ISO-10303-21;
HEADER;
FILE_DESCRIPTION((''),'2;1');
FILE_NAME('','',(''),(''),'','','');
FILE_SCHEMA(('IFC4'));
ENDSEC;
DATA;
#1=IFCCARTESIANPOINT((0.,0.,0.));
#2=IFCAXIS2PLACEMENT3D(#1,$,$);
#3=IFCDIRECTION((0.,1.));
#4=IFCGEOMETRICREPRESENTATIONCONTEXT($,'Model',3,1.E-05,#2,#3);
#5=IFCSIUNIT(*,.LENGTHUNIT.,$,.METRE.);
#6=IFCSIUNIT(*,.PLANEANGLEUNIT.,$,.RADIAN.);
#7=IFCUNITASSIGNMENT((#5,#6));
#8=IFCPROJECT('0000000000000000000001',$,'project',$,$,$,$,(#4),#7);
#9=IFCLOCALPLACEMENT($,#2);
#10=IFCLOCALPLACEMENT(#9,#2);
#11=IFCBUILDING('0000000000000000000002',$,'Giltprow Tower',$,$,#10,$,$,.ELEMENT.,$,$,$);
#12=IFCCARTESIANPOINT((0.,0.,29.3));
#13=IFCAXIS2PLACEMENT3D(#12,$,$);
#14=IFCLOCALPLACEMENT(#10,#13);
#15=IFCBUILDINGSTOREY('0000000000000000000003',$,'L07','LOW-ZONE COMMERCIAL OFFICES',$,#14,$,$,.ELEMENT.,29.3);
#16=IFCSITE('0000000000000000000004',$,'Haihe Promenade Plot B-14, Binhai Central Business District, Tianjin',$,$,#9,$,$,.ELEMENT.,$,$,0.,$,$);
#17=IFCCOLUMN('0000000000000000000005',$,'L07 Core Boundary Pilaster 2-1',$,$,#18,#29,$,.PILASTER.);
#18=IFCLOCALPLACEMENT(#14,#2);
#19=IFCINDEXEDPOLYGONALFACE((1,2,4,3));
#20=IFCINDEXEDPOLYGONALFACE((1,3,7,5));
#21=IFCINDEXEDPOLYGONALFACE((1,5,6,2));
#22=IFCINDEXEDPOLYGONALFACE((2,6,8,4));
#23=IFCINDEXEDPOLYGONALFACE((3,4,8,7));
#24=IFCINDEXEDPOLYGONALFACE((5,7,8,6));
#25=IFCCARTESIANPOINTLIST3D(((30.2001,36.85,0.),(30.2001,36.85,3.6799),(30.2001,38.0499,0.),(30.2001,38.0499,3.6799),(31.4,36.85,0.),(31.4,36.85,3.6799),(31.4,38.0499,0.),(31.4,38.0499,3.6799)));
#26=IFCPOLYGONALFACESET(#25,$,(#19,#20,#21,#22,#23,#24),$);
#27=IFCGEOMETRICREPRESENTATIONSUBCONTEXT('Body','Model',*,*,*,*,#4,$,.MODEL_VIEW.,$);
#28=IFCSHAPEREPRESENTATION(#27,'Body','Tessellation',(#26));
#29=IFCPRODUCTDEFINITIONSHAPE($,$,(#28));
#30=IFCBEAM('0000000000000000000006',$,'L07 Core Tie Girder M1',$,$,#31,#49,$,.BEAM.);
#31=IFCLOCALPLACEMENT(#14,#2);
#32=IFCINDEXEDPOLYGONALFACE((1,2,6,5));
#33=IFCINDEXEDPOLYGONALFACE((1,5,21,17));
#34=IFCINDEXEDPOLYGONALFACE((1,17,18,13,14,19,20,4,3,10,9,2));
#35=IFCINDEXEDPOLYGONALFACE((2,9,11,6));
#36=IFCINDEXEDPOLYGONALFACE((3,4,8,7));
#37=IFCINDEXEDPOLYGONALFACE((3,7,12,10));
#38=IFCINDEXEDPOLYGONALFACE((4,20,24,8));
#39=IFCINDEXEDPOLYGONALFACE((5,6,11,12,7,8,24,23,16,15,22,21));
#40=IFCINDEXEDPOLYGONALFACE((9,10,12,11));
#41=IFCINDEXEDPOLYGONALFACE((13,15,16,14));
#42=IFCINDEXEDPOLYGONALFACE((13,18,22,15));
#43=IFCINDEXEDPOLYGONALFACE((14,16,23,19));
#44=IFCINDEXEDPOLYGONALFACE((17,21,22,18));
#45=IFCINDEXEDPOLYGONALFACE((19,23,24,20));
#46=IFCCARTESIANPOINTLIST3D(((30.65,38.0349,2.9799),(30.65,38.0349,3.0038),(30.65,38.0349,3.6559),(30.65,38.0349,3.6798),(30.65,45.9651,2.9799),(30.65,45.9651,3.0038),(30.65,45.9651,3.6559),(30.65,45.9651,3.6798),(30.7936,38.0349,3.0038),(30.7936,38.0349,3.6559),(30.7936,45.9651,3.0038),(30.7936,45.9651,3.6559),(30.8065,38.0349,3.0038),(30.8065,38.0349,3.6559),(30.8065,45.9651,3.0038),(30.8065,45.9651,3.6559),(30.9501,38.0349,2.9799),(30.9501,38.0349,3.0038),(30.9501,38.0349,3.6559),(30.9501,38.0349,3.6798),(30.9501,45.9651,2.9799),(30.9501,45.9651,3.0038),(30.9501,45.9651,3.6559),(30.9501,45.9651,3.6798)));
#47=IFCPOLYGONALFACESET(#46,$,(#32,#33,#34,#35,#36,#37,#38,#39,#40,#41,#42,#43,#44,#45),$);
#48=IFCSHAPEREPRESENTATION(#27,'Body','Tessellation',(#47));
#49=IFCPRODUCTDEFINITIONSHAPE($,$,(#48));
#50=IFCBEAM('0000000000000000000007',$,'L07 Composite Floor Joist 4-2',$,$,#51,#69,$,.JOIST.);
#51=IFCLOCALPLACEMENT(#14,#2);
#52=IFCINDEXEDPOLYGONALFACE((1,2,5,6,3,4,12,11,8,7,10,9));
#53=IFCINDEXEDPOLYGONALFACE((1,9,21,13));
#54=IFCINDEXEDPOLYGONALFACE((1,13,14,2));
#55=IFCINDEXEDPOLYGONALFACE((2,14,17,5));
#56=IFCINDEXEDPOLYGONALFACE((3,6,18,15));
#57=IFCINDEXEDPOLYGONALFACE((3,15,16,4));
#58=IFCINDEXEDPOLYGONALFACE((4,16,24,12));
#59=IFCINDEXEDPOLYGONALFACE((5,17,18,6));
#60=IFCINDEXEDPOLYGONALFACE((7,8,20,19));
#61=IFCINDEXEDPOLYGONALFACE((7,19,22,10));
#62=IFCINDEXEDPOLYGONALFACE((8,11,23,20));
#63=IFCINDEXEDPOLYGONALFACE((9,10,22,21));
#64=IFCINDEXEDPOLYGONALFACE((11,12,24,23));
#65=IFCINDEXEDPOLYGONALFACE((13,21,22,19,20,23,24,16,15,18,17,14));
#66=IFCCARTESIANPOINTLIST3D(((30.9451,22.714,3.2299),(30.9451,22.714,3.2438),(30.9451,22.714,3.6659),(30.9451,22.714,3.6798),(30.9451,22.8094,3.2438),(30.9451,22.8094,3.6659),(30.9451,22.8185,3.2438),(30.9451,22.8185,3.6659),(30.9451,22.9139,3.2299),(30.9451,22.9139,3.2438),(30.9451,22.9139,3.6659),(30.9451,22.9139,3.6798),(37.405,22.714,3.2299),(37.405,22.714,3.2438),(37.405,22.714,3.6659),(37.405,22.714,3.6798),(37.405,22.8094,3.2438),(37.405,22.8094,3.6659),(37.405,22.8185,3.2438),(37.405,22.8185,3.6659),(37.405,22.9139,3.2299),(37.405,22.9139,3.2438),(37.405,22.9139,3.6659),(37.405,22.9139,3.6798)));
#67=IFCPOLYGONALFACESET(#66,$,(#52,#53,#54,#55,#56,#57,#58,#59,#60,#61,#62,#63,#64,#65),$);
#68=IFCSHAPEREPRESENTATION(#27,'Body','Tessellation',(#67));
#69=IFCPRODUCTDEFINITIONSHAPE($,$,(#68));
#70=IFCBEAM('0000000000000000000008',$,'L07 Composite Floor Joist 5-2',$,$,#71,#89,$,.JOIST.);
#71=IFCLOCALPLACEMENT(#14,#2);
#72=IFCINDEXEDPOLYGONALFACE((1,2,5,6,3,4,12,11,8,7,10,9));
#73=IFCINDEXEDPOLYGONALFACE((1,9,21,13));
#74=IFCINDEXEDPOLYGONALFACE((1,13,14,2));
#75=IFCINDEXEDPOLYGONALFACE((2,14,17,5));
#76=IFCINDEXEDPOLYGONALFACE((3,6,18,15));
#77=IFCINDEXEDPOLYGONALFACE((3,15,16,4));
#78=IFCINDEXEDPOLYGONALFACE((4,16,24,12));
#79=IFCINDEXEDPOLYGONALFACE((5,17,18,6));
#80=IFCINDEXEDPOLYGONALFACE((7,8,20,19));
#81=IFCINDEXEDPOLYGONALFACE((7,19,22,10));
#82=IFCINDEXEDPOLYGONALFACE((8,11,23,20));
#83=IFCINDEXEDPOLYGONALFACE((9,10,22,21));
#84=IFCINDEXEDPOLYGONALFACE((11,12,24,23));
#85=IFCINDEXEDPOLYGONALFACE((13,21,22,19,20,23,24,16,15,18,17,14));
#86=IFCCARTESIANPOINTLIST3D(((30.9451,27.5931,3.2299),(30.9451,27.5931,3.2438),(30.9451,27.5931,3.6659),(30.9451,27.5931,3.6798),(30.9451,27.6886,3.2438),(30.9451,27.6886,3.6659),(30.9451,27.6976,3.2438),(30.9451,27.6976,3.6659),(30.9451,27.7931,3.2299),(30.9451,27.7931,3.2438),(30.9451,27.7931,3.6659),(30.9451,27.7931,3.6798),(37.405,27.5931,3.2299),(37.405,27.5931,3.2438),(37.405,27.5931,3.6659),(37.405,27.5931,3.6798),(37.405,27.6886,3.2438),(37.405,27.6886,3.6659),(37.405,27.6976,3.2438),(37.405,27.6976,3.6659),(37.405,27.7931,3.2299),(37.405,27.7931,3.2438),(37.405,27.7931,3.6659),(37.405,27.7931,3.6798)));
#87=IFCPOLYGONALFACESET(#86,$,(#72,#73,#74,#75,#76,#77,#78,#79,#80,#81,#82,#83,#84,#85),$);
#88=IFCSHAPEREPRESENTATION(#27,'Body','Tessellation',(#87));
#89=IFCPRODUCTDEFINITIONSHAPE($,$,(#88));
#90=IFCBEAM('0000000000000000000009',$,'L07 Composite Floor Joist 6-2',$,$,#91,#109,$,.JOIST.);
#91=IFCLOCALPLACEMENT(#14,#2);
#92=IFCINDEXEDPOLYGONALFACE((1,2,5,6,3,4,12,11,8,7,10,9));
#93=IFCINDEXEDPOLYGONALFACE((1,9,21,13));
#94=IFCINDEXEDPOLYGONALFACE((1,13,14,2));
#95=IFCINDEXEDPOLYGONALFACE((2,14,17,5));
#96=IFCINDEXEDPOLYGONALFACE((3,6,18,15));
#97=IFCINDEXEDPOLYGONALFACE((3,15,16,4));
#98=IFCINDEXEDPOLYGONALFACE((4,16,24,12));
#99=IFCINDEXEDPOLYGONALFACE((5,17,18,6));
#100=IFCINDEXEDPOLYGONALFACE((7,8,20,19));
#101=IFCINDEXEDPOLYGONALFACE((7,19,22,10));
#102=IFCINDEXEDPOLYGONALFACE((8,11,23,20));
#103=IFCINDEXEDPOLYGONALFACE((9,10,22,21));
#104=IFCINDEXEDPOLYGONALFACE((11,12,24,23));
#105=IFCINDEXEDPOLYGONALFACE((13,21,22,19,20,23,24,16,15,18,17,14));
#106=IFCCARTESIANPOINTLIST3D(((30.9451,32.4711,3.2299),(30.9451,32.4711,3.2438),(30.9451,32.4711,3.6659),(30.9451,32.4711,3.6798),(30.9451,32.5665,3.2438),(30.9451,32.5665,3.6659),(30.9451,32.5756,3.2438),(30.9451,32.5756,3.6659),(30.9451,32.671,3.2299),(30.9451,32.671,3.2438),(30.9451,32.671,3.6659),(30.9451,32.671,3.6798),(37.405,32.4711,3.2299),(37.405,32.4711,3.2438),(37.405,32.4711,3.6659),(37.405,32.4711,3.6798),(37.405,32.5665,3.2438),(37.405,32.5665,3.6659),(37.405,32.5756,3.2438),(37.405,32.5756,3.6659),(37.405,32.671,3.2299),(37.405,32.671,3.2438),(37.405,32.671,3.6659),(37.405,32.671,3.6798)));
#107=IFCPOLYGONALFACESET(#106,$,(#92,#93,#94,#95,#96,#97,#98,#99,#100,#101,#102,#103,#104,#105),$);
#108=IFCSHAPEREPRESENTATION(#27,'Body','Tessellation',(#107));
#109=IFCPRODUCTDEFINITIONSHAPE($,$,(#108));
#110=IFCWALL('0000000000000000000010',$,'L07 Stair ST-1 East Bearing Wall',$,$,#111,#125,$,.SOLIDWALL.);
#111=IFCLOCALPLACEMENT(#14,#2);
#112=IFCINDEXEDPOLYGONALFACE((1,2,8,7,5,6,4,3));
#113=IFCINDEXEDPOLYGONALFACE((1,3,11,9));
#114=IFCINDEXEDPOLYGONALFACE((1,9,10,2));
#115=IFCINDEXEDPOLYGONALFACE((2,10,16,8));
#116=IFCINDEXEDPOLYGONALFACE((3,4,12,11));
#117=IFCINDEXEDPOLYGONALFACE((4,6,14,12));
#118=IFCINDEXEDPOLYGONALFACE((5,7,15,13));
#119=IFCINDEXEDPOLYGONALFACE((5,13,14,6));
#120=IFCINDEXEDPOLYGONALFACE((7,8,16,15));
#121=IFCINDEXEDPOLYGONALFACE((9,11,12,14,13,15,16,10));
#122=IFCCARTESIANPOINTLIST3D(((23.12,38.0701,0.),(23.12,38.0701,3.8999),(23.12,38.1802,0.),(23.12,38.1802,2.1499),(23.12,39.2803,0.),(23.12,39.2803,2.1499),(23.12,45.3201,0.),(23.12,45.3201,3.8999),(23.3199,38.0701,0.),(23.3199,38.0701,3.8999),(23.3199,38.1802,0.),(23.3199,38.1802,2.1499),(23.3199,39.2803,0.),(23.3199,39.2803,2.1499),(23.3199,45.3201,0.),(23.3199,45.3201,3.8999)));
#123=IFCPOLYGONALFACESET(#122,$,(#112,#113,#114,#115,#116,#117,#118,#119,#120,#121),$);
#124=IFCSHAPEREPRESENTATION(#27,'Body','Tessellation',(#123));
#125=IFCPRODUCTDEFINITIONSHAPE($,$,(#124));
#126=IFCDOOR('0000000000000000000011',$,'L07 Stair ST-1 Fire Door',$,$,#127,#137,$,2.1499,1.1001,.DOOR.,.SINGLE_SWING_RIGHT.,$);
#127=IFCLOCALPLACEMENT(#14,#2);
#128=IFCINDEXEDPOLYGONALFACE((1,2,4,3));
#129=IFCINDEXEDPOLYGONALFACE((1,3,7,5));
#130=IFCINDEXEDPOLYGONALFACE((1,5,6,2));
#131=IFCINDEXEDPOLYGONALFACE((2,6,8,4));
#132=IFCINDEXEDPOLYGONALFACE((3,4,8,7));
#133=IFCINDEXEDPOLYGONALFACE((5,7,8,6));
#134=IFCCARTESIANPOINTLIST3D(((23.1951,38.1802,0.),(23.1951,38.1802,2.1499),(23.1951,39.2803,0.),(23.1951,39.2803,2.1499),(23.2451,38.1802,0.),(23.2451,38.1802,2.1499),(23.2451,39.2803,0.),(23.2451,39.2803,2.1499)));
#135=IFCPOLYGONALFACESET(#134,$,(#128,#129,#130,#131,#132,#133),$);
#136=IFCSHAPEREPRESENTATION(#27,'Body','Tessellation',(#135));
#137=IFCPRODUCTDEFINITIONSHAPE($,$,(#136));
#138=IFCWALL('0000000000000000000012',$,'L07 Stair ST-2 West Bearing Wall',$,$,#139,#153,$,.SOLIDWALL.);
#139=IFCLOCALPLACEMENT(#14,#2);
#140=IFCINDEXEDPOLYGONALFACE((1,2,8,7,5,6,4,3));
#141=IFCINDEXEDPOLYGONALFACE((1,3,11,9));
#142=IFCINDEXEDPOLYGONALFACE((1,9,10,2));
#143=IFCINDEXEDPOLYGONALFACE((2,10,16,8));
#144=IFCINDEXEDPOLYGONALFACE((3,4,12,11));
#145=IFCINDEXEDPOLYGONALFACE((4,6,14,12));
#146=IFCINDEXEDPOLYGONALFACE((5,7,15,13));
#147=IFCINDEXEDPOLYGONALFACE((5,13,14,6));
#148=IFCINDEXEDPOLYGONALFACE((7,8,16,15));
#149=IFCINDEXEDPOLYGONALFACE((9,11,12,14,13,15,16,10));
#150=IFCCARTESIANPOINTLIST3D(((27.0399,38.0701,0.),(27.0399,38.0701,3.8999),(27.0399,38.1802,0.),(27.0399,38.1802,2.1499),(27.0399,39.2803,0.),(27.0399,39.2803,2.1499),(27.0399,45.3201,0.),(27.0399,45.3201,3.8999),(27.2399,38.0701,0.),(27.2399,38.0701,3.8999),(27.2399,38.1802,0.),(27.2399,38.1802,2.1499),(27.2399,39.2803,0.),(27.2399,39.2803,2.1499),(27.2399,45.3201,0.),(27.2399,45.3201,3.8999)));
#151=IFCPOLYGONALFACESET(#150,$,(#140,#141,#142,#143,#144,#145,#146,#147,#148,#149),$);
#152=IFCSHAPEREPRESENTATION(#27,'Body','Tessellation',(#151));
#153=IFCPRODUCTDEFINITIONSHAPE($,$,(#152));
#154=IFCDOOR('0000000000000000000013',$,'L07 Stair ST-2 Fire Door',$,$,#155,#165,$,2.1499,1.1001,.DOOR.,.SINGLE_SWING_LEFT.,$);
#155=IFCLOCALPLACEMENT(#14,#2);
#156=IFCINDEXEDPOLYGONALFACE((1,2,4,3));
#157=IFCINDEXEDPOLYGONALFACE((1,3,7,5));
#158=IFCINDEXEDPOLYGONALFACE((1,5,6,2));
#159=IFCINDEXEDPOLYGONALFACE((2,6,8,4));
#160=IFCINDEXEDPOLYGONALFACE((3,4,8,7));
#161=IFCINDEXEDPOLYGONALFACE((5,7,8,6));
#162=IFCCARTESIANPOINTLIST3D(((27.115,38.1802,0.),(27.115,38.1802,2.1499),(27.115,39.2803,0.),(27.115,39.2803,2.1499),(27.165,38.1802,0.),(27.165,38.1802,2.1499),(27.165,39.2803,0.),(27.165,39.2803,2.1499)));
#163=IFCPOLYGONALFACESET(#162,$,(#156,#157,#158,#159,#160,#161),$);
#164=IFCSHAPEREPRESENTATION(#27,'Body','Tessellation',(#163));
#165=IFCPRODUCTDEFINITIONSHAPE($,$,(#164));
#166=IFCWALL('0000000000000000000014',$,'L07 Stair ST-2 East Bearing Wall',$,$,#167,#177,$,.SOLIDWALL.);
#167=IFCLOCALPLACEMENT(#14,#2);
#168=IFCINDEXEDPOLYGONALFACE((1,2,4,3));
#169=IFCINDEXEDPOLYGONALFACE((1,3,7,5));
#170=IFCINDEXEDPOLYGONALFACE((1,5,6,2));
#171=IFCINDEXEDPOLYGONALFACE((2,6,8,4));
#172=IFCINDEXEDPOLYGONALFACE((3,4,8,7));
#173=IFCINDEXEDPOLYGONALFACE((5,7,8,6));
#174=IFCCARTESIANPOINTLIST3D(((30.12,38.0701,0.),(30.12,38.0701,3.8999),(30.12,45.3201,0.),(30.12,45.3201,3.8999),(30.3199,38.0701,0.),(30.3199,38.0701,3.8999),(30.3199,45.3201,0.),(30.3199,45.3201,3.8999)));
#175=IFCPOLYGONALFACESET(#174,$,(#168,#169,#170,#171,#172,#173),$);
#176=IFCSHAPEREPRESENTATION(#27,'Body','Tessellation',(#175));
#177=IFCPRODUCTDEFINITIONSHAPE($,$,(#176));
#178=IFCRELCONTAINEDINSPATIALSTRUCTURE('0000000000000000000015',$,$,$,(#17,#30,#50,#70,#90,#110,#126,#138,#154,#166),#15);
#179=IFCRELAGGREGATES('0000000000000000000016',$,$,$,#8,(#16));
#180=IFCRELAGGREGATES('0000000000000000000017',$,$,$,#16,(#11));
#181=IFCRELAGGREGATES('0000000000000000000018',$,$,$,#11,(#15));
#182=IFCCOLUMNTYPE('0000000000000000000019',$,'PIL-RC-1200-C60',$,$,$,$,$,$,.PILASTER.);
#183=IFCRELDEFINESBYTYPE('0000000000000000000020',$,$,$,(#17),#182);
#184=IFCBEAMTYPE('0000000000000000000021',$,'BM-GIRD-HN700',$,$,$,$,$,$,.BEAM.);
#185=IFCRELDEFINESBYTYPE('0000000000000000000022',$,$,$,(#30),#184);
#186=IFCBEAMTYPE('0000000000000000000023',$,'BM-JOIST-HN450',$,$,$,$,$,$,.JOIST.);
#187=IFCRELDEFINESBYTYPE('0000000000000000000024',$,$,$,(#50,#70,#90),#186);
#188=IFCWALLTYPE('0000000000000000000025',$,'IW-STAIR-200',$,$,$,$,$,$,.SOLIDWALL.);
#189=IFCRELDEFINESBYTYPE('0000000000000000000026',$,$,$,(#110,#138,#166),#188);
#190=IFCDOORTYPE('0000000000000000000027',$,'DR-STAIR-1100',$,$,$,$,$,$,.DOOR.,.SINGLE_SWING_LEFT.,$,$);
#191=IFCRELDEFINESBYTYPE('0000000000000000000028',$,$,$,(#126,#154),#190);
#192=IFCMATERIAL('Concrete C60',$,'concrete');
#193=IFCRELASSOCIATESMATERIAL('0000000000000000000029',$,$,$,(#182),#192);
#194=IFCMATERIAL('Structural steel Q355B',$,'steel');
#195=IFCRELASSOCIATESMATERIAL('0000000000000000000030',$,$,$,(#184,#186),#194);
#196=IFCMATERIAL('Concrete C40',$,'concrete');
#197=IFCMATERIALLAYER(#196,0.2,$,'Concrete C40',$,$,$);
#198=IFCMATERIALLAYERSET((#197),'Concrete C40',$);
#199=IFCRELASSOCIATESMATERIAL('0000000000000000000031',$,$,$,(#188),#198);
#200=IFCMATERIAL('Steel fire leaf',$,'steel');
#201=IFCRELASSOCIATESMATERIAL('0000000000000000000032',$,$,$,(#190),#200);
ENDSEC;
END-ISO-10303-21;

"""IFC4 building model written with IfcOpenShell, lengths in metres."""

from ifc_helpers import new_model, si_unit, direction, frame, frame_2d, origin, origin_2d, place, context, subcontext, project, spatial, rectangle, i_section, extrude, source, transform, mapped, material, layer, layer_set, material_profile, profile_set, type_object, element, fill, save


model = new_model("IFC4")

# Units and contexts
model_context = context("Model", 3, precision=1e-05, world=origin(), true_north=direction((0.0, 1.0)))
body_context = subcontext(model_context, "Body", "Model", "MODEL_VIEW")
ifc_project = project(units=[si_unit("LENGTHUNIT", "METRE"), si_unit("PLANEANGLEUNIT", "RADIAN")], contexts=[model_context])

# Site, building, storey
site_placement = place(None, origin())
site = spatial("IfcSite", under=ifc_project, at=site_placement, Name="Haihe Promenade Plot B-14, Binhai Central Business District, Tianjin", CompositionType="ELEMENT", RefElevation=0.0)
building_placement = place(site_placement, origin())
building = spatial("IfcBuilding", under=site, at=building_placement, Name="Giltprow Tower", CompositionType="ELEMENT")
storey_placement = place(building_placement, frame((0.0, 0.0, 29.3)))
storey = spatial("IfcBuildingStorey", under=building, at=storey_placement, Name="L07", Description="LOW-ZONE COMMERCIAL OFFICES", CompositionType="ELEMENT", Elevation=29.3)

# Column
ifc_material_1 = material(Name="Concrete C60", Category="concrete")
ifc_material_profile_1 = material_profile(ifc_material_1, rectangle(XDim=1.2, YDim=1.2, at=origin_2d()), Name="RC 1200x1200")
ifc_profile_set_1 = profile_set([ifc_material_profile_1], Name="Concrete C60")
column_type = type_object("IfcColumnType", Name="PIL-RC-1200-C60", PredefinedType="PILASTER", material=ifc_profile_set_1)
shared_shape_1 = source(origin(), body_context, "Body", "SweptSolid", [
    extrude(rectangle(XDim=1.2, YDim=1.2, at=origin_2d()), origin(), (0.0, 0.0, 1.0), 3.6799),
])
column_placement = place(storey_placement, frame((30.8, 37.45, 0.0), z_axis=(0.0, 0.0, 1.0), x_axis=(1.0, 0.0, 0.0)))
element("IfcColumn", 1, at=column_placement, inside=storey, type_object=column_type, Name="L07 Core Boundary Pilaster 2-1", PredefinedType="PILASTER", context=body_context, shape_type="MappedRepresentation", body=[
    mapped(shared_shape_1, transform((0.0, 0.0, 0.0), x_axis=(1.0, 0.0, 0.0), y_axis=(0.0, 1.0, 0.0), z_axis=(0.0, 0.0, 1.0), scale=1.0)),
])

# Beams
ifc_material_2 = material(Name="Structural steel Q355B", Category="steel")
ifc_material_profile_2 = material_profile(ifc_material_2, i_section(OverallWidth=0.3, OverallDepth=0.7, WebThickness=0.0129, FlangeThickness=0.0239, at=origin_2d()), Name="HN 700x300x13x24")
ifc_profile_set_2 = profile_set([ifc_material_profile_2], Name="Structural steel Q355B")
beam_type_1 = type_object("IfcBeamType", Name="BM-GIRD-HN700", PredefinedType="BEAM", material=ifc_profile_set_2)
shared_shape_2 = source(origin(), body_context, "Body", "SweptSolid", [
    extrude(i_section(OverallWidth=0.3, OverallDepth=0.7, WebThickness=0.0129, FlangeThickness=0.0239, at=origin_2d()), origin(), (0.0, 0.0, 1.0), 7.9302),
])
beam_placement = place(storey_placement, frame((30.8, 38.0349, 3.3298), z_axis=(0.0, 1.0, 0.0), x_axis=(-1.0, 0.0, 0.0)))
element("IfcBeam", 2, at=beam_placement, inside=storey, type_object=beam_type_1, Name="L07 Core Tie Girder M1", PredefinedType="BEAM", context=body_context, shape_type="MappedRepresentation", body=[
    mapped(shared_shape_2, transform((0.0, 0.0, 0.0), x_axis=(1.0, 0.0, 0.0), y_axis=(0.0, 1.0, 0.0), z_axis=(0.0, 0.0, 1.0), scale=1.0)),
])
ifc_material_profile_3 = material_profile(ifc_material_2, i_section(OverallWidth=0.2, OverallDepth=0.45, WebThickness=0.009, FlangeThickness=0.0139, at=origin_2d()), Name="HN 450x200x9x14")
ifc_profile_set_3 = profile_set([ifc_material_profile_3], Name="Structural steel Q355B")
beam_type_2 = type_object("IfcBeamType", Name="BM-JOIST-HN450", PredefinedType="JOIST", material=ifc_profile_set_3)
shared_shape_3 = source(origin(), body_context, "Body", "SweptSolid", [
    extrude(i_section(OverallWidth=0.2, OverallDepth=0.45, WebThickness=0.009, FlangeThickness=0.0139, at=origin_2d()), origin(), (0.0, 0.0, 1.0), 6.46),
])
for number, where, z_axis, x_axis, name in (
    (3, (30.9451, 22.814, 3.4548), (1.0, 0.0, 0.0), (0.0, 1.0, 0.0), "L07 Composite Floor Joist 4-2"),
    (4, (30.9451, 27.6931, 3.4548), (1.0, 0.0, 0.0), (0.0, 1.0, 0.0), "L07 Composite Floor Joist 5-2"),
    (5, (30.9451, 32.571, 3.4548), (1.0, 0.0, 0.0), (0.0, 1.0, 0.0), "L07 Composite Floor Joist 6-2"),
):
    element("IfcBeam", number, at=place(storey_placement, frame(where, z_axis=z_axis, x_axis=x_axis)), inside=storey, type_object=beam_type_2, Name=name, PredefinedType="JOIST", context=body_context, shape_type="MappedRepresentation", body=[
        mapped(shared_shape_3, transform((0.0, 0.0, 0.0), x_axis=(1.0, 0.0, 0.0), y_axis=(0.0, 1.0, 0.0), z_axis=(0.0, 0.0, 1.0), scale=1.0)),
    ])

# Walls, openings, doors
ifc_material_3 = material(Name="Concrete C40", Category="concrete")
ifc_layer = layer(ifc_material_3, 0.2, Name="Concrete C40")
ifc_layer_set = layer_set([ifc_layer], Name="Concrete C40")
wall_type = type_object("IfcWallType", Name="IW-STAIR-200", PredefinedType="SOLIDWALL", material=ifc_layer_set)
wall_1_placement = place(storey_placement, frame((23.22, 38.0701, 0.0), z_axis=(0.0, 0.0, 1.0), x_axis=(0.0, 1.0, 0.0)))
wall_1 = element("IfcWall", 6, at=wall_1_placement, inside=storey, type_object=wall_type, Name="L07 Stair ST-1 East Bearing Wall", PredefinedType="SOLIDWALL", context=body_context, shape_type="SweptSolid", body=[
    extrude(rectangle(XDim=7.25, YDim=0.2, at=frame_2d((3.625, 0.0))), origin(), (0.0, 0.0, 1.0), 3.8999),
])
opening_1_placement = place(wall_1_placement, frame((0.1101, 0.0, 0.0)))
opening_1 = element("IfcOpeningElement", 7, at=opening_1_placement, cuts=wall_1, PredefinedType="OPENING", context=body_context, shape_type="SweptSolid", body=[
    extrude(rectangle(XDim=1.1001, YDim=2.1499, at=frame_2d((0.55, 1.075))), frame((0.0, 0.1099, 0.0), z_axis=(0.0, -1.0, 0.0), x_axis=(1.0, 0.0, 0.0)), (0.0, 0.0, 1.0), 0.22),
])
ifc_material_4 = material(Name="Steel fire leaf", Category="steel")
door_type = type_object("IfcDoorType", Name="DR-STAIR-1100", OperationType="SINGLE_SWING_LEFT", PredefinedType="DOOR", material=ifc_material_4)
shared_shape_4 = source(origin(), body_context, "Body", "SweptSolid", [
    extrude(rectangle(XDim=1.1001, YDim=2.1499, at=frame_2d((0.55, 1.075))), frame((0.0, 0.0249, 0.0), z_axis=(0.0, -1.0, 0.0), x_axis=(1.0, 0.0, 0.0)), (0.0, 0.0, 1.0), 0.05),
])
door_1_placement = place(opening_1_placement, origin())
door_1 = element("IfcDoor", 8, at=door_1_placement, inside=storey, type_object=door_type, Name="L07 Stair ST-1 Fire Door", OperationType="SINGLE_SWING_RIGHT", OverallHeight=2.1499, OverallWidth=1.1001, PredefinedType="DOOR", context=body_context, shape_type="MappedRepresentation", body=[
    mapped(shared_shape_4, transform((0.0, 0.0, 0.0), x_axis=(1.0, 0.0, 0.0), y_axis=(0.0, 1.0, 0.0), z_axis=(0.0, 0.0, 1.0), scale=1.0)),
])
fill(opening_1, door_1)
wall_2_placement = place(storey_placement, frame((27.1399, 38.0701, 0.0), z_axis=(0.0, 0.0, 1.0), x_axis=(0.0, 1.0, 0.0)))
wall_2 = element("IfcWall", 9, at=wall_2_placement, inside=storey, type_object=wall_type, Name="L07 Stair ST-2 West Bearing Wall", PredefinedType="SOLIDWALL", context=body_context, shape_type="SweptSolid", body=[
    extrude(rectangle(XDim=7.25, YDim=0.2, at=frame_2d((3.625, 0.0))), origin(), (0.0, 0.0, 1.0), 3.8999),
])
opening_2_placement = place(wall_2_placement, frame((0.1101, 0.0, 0.0)))
opening_2 = element("IfcOpeningElement", 10, at=opening_2_placement, cuts=wall_2, PredefinedType="OPENING", context=body_context, shape_type="SweptSolid", body=[
    extrude(rectangle(XDim=1.1001, YDim=2.1499, at=frame_2d((0.55, 1.075))), frame((0.0, 0.1099, 0.0), z_axis=(0.0, -1.0, 0.0), x_axis=(1.0, 0.0, 0.0)), (0.0, 0.0, 1.0), 0.22),
])
door_2_placement = place(opening_2_placement, origin())
door_2 = element("IfcDoor", 11, at=door_2_placement, inside=storey, type_object=door_type, Name="L07 Stair ST-2 Fire Door", OperationType="SINGLE_SWING_LEFT", OverallHeight=2.1499, OverallWidth=1.1001, PredefinedType="DOOR", context=body_context, shape_type="MappedRepresentation", body=[
    mapped(shared_shape_4, transform((0.0, 0.0, 0.0), x_axis=(1.0, 0.0, 0.0), y_axis=(0.0, 1.0, 0.0), z_axis=(0.0, 0.0, 1.0), scale=1.0)),
])
fill(opening_2, door_2)

# Wall
wall_3_placement = place(storey_placement, frame((30.22, 38.0701, 0.0), z_axis=(0.0, 0.0, 1.0), x_axis=(0.0, 1.0, 0.0)))
element("IfcWall", 12, at=wall_3_placement, inside=storey, type_object=wall_type, Name="L07 Stair ST-2 East Bearing Wall", PredefinedType="SOLIDWALL", context=body_context, shape_type="SweptSolid", body=[
    extrude(rectangle(XDim=7.25, YDim=0.2, at=frame_2d((3.625, 0.0))), origin(), (0.0, 0.0, 1.0), 3.8999),
])

save(model, "model.ifc")
